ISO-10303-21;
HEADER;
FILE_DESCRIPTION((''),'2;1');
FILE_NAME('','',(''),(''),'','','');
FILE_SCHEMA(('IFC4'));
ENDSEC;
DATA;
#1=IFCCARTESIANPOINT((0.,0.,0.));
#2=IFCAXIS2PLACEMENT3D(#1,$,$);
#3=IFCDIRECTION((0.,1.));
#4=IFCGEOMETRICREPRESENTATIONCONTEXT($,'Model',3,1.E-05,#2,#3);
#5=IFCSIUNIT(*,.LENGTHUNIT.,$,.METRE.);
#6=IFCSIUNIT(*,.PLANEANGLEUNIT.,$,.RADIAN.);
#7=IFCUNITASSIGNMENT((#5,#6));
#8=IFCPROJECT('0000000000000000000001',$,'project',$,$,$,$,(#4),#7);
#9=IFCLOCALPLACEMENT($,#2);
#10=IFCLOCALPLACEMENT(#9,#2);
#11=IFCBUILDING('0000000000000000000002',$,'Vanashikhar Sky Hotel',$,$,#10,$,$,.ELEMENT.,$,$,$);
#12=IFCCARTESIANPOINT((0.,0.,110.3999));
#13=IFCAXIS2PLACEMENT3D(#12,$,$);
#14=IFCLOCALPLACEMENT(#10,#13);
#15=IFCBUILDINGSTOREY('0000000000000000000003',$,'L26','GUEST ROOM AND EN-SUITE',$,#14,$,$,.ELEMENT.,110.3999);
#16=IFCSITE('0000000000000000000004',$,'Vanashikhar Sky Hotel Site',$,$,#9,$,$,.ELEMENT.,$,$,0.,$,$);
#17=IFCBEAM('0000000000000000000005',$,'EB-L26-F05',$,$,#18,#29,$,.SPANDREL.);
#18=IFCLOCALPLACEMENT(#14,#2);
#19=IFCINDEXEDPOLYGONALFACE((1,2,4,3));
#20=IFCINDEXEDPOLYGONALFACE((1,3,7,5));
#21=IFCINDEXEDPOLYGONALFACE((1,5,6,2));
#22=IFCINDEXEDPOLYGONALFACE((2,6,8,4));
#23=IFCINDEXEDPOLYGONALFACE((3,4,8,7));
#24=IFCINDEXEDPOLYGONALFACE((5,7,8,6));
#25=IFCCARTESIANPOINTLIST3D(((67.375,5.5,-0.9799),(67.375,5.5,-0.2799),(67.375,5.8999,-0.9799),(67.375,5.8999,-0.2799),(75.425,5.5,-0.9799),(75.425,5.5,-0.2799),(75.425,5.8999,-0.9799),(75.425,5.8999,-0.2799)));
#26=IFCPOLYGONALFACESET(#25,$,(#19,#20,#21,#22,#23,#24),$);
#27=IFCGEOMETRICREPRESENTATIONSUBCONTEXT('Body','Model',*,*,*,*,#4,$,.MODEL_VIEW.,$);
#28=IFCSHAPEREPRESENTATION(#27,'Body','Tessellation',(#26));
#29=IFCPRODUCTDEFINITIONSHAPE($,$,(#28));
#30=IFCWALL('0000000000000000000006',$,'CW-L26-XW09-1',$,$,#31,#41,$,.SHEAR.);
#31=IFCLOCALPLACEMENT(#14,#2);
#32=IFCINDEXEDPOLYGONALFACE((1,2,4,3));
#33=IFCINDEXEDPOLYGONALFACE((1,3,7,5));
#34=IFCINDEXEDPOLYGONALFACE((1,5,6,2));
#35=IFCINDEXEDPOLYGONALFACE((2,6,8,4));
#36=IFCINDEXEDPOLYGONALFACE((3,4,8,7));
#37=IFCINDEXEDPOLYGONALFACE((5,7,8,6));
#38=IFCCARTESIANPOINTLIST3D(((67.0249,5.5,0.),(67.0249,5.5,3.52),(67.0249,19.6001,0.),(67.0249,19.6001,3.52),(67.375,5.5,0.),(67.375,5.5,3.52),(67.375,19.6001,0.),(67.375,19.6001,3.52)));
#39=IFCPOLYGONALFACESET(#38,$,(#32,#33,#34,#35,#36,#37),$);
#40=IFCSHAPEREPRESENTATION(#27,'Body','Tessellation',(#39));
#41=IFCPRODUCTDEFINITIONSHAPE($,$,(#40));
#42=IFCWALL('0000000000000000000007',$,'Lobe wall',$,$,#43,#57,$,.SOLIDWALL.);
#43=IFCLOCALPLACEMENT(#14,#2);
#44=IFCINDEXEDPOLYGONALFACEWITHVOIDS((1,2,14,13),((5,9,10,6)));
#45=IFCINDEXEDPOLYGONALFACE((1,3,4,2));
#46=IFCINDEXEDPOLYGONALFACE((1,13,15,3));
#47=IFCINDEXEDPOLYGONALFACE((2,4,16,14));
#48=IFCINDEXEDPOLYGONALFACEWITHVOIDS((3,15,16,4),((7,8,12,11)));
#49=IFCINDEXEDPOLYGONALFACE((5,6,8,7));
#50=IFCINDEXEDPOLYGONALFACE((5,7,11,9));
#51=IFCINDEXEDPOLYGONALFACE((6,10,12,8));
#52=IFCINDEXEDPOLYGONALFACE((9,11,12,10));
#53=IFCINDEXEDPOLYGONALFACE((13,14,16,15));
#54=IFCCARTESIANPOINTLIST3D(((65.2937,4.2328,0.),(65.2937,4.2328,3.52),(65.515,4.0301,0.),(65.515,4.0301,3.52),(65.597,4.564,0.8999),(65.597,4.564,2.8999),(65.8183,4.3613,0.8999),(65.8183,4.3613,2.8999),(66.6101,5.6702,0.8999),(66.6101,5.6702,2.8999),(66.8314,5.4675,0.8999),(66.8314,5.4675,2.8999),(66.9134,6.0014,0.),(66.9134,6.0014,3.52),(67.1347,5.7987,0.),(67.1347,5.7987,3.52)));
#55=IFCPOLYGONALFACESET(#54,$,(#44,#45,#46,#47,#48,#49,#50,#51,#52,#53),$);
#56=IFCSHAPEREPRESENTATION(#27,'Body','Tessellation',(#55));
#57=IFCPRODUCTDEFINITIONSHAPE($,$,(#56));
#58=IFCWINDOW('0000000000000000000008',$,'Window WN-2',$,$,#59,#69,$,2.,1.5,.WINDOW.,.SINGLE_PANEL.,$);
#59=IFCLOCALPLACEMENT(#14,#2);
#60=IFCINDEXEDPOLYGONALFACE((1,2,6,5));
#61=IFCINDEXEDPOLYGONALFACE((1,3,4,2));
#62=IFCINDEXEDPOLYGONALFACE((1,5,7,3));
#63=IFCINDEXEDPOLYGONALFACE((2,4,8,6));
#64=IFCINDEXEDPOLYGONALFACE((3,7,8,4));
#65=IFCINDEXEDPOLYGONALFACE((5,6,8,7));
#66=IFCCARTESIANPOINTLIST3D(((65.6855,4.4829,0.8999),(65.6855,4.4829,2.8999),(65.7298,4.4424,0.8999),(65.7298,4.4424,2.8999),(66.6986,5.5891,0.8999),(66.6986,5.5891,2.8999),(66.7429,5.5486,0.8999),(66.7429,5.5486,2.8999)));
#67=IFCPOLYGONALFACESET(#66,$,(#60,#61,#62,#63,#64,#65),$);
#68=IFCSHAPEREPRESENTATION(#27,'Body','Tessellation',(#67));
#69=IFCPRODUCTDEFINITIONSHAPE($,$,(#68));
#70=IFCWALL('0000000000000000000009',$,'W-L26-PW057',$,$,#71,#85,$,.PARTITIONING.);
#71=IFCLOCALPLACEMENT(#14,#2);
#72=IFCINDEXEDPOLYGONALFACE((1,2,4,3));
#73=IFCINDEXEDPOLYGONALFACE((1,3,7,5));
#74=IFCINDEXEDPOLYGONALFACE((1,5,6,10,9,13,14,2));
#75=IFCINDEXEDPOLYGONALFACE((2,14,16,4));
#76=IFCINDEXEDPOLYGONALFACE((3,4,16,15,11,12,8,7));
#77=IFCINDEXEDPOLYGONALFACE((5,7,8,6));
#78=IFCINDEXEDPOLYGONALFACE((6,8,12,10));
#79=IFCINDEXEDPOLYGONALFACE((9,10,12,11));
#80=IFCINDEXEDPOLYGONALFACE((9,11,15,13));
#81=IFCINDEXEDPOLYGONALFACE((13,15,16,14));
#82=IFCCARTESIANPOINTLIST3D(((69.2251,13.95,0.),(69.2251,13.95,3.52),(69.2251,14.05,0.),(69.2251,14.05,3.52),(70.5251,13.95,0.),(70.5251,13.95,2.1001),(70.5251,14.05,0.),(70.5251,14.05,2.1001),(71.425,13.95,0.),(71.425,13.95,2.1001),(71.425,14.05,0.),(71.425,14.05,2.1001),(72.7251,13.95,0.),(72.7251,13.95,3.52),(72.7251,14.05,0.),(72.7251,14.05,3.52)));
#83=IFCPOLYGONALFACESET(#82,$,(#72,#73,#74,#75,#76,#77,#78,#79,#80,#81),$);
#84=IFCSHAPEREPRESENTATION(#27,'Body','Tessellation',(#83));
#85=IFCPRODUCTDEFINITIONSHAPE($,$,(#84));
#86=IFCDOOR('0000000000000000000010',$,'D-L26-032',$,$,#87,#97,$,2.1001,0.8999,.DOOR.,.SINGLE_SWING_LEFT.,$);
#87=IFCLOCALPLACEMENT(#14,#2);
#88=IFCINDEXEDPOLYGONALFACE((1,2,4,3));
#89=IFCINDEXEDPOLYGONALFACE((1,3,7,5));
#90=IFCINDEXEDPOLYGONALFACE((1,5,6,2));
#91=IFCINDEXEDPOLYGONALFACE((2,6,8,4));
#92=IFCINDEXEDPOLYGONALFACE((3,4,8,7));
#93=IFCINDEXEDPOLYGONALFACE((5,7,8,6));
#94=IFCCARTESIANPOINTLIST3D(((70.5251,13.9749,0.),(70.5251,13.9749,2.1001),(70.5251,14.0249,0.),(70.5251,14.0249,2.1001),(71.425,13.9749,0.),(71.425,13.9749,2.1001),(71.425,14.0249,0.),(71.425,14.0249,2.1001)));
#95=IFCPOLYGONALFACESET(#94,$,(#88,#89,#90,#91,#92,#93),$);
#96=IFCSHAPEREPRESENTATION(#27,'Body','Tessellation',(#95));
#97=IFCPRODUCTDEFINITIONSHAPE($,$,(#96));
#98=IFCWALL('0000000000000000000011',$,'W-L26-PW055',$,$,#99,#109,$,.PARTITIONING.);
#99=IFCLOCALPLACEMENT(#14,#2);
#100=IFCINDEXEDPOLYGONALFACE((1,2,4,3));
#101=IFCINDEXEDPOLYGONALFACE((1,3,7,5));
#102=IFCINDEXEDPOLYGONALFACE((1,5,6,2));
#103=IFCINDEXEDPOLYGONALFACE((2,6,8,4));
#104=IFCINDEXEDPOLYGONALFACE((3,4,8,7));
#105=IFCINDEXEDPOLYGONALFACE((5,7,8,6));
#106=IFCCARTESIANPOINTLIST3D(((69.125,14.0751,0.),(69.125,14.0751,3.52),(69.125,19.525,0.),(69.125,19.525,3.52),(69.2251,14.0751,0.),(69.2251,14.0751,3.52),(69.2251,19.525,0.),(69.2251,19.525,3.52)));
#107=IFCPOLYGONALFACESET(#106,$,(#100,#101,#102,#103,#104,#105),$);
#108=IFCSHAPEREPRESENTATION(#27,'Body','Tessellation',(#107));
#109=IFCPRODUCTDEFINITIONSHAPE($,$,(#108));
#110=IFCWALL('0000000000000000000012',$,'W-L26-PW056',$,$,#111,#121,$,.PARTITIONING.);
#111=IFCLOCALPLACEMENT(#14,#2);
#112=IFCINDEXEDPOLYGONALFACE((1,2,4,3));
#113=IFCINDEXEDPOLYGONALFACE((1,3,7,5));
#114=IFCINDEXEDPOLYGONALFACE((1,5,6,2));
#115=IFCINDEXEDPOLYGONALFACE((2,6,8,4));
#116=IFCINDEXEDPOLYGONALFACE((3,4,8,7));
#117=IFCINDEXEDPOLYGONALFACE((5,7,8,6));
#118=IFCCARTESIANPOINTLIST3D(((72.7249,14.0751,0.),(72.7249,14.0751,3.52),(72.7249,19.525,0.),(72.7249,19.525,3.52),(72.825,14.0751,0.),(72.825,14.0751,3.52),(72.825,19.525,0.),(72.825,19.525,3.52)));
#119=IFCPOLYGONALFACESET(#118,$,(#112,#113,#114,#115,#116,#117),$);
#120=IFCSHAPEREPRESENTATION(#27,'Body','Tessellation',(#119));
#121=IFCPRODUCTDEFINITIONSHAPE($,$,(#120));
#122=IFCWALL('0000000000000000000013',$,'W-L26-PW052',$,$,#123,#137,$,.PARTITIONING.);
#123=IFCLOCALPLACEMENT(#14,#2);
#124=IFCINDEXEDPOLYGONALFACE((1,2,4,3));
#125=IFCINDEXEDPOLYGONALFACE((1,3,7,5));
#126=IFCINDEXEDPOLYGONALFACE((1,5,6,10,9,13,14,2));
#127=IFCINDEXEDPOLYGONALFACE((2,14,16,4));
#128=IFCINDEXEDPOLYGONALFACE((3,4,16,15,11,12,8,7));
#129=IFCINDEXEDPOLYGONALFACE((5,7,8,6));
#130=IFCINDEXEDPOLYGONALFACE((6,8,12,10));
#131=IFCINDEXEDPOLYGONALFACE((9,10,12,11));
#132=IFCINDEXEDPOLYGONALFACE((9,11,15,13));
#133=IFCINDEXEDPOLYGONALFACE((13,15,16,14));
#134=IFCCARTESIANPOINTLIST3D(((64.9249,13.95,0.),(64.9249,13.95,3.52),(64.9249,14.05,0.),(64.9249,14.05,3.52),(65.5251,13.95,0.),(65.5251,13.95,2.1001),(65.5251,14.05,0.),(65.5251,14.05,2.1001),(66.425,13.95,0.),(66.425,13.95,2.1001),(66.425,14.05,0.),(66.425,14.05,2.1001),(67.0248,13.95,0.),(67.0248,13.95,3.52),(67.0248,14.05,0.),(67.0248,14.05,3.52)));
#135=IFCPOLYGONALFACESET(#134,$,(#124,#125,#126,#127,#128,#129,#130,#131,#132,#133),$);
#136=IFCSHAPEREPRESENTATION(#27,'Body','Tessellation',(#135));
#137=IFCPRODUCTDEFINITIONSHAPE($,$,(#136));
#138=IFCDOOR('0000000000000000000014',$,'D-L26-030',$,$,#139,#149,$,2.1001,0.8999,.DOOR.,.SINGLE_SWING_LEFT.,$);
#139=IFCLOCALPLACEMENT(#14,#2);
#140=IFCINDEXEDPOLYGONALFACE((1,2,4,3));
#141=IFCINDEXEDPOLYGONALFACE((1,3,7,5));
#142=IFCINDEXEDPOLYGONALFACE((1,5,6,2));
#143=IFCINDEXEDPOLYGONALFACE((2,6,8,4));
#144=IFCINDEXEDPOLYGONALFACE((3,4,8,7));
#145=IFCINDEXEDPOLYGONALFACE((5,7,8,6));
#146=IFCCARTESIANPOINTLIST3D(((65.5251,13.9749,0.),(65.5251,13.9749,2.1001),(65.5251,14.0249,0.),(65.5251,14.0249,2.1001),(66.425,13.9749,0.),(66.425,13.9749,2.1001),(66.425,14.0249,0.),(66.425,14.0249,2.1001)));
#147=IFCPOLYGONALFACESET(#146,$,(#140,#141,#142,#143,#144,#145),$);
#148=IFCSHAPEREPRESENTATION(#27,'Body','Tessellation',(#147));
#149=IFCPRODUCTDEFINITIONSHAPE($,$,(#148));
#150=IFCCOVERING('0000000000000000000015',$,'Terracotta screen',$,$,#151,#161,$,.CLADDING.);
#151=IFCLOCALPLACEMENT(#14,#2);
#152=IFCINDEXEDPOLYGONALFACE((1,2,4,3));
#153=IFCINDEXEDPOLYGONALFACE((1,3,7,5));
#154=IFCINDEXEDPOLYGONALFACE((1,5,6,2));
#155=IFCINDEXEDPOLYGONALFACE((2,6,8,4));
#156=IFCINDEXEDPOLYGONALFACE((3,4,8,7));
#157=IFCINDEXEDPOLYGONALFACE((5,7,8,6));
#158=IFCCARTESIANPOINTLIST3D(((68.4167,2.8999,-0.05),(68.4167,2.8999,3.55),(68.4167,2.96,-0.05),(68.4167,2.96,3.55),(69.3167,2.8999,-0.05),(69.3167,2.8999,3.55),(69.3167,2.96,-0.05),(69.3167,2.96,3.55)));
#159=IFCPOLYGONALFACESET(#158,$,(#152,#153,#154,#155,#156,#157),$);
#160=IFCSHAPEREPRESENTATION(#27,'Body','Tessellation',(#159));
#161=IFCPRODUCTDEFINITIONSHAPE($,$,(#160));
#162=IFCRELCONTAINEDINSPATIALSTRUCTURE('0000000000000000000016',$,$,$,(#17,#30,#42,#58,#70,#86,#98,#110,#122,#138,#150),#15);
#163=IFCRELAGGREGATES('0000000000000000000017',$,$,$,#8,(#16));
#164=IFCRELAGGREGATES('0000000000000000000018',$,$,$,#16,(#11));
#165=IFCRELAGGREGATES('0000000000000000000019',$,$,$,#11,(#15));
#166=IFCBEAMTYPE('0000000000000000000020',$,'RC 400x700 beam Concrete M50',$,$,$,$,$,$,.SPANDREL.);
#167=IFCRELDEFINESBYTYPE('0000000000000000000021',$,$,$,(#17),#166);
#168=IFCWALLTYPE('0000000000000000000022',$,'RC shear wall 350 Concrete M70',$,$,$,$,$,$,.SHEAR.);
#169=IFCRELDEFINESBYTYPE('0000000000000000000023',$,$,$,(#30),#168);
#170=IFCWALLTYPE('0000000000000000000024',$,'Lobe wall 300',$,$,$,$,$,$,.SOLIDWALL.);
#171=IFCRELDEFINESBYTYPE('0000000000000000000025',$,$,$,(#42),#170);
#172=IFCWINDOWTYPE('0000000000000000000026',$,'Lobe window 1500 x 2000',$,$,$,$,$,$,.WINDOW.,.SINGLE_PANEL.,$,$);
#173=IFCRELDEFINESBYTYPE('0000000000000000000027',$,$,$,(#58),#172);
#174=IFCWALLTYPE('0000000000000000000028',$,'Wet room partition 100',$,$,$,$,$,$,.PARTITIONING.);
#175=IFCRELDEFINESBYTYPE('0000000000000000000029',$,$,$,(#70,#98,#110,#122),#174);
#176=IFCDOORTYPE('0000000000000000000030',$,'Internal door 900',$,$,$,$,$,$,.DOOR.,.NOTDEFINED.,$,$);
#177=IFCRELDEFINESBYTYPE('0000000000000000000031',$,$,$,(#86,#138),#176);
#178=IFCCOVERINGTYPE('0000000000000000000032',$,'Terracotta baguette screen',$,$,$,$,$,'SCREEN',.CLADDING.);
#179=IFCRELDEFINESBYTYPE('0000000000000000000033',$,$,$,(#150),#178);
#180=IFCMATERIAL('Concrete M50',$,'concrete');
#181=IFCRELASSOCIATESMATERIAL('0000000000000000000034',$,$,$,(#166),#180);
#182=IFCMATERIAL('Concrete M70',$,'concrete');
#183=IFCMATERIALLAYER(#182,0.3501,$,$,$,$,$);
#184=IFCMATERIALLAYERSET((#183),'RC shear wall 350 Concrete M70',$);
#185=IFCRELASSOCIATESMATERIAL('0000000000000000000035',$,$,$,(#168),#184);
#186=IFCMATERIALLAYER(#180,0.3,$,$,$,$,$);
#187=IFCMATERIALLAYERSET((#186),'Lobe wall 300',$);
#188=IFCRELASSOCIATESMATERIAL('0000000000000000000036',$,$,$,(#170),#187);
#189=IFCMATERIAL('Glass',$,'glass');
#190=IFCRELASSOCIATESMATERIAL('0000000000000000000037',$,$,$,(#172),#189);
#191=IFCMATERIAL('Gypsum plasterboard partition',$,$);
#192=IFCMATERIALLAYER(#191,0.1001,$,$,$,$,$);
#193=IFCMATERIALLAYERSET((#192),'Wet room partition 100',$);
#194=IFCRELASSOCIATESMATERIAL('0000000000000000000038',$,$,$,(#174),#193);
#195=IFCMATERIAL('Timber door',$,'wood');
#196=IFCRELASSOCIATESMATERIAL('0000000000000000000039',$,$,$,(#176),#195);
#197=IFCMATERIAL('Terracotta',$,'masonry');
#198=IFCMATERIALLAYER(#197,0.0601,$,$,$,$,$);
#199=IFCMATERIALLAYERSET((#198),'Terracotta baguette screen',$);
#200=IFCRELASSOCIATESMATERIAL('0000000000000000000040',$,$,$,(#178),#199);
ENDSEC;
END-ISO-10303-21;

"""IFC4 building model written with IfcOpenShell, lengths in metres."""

from ifc_helpers import new_model, si_unit, direction, frame, frame_2d, origin, origin_2d, place, context, subcontext, project, spatial, rectangle, extrude, source, transform, mapped, material, layer, layer_set, material_profile, profile_set, type_object, element, fill, save


model = new_model("IFC4")

# Units and contexts
model_context = context("Model", 3, precision=1e-05, world=origin(), true_north=direction((0.0, 1.0)))
body_context = subcontext(model_context, "Body", "Model", "MODEL_VIEW")
ifc_project = project(units=[si_unit("LENGTHUNIT", "METRE"), si_unit("PLANEANGLEUNIT", "RADIAN")], contexts=[model_context])

# Site, building, storey
site_placement = place(None, origin())
site = spatial("IfcSite", under=ifc_project, at=site_placement, Name="Vanashikhar Sky Hotel Site", CompositionType="ELEMENT", RefElevation=0.0)
building_placement = place(site_placement, origin())
building = spatial("IfcBuilding", under=site, at=building_placement, Name="Vanashikhar Sky Hotel", CompositionType="ELEMENT")
storey_placement = place(building_placement, frame((0.0, 0.0, 110.3999)))
storey = spatial("IfcBuildingStorey", under=building, at=storey_placement, Name="L26", Description="GUEST ROOM AND EN-SUITE", CompositionType="ELEMENT", Elevation=110.3999)

# Beam
ifc_material_1 = material(Name="Concrete M50", Category="concrete")
ifc_material_profile_1 = material_profile(ifc_material_1, rectangle(XDim=0.3999, YDim=0.7, at=origin_2d()))
ifc_profile_set_1 = profile_set([ifc_material_profile_1], Name="RC 400x700 beam Concrete M50")
beam_type = type_object("IfcBeamType", Name="RC 400x700 beam Concrete M50", PredefinedType="SPANDREL", material=ifc_profile_set_1)
shared_shape_1 = source(origin(), body_context, "Body", "SweptSolid", [
    extrude(rectangle(XDim=0.3999, YDim=0.7, at=origin_2d()), origin(), (0.0, 0.0, 1.0), 8.05),
])
beam_placement = place(storey_placement, frame((67.375, 5.7, -0.6299), z_axis=(1.0, 0.0, 0.0), x_axis=(0.0, 1.0, 0.0)))
element("IfcBeam", 1, at=beam_placement, inside=storey, type_object=beam_type, Name="EB-L26-F05", PredefinedType="SPANDREL", context=body_context, shape_type="MappedRepresentation", body=[
    mapped(shared_shape_1, transform((0.0, 0.0, 0.0), scale=1.0)),
])

# Wall
ifc_material_2 = material(Name="Concrete M70", Category="concrete")
ifc_layer_1 = layer(ifc_material_2, 0.3501)
ifc_layer_set_1 = layer_set([ifc_layer_1], Name="RC shear wall 350 Concrete M70")
wall_type_1 = type_object("IfcWallType", Name="RC shear wall 350 Concrete M70", PredefinedType="SHEAR", material=ifc_layer_set_1)
shared_shape_2 = source(origin(), body_context, "Body", "SweptSolid", [
    extrude(rectangle(XDim=14.1001, YDim=0.3501, at=frame_2d((7.05, 0.0))), origin(), (0.0, 0.0, 1.0), 3.52),
])
wall_1_placement = place(storey_placement, frame((67.2, 5.5, 0.0), z_axis=(0.0, 0.0, 1.0), x_axis=(0.0, 1.0, 0.0)))
element("IfcWall", 2, at=wall_1_placement, inside=storey, type_object=wall_type_1, Name="CW-L26-XW09-1", PredefinedType="SHEAR", context=body_context, shape_type="MappedRepresentation", body=[
    mapped(shared_shape_2, transform((0.0, 0.0, 0.0), scale=1.0)),
])

# Wall, opening, window
ifc_layer_2 = layer(ifc_material_1, 0.3)
ifc_layer_set_2 = layer_set([ifc_layer_2], Name="Lobe wall 300")
wall_type_2 = type_object("IfcWallType", Name="Lobe wall 300", PredefinedType="SOLIDWALL", material=ifc_layer_set_2)
shared_shape_3 = source(origin(), body_context, "Body", "SweptSolid", [
    extrude(rectangle(XDim=2.3982, YDim=0.3, at=frame_2d((1.1992, 0.0))), origin(), (0.0, 0.0, 1.0), 3.52),
])
wall_2_placement = place(storey_placement, frame((65.4043, 4.1313, 0.0), z_axis=(0.0, 0.0, 1.0), x_axis=(0.675374, 0.737475, 0.0)))
wall_2 = element("IfcWall", 3, at=wall_2_placement, inside=storey, type_object=wall_type_2, Name="Lobe wall", PredefinedType="SOLIDWALL", context=body_context, shape_type="MappedRepresentation", body=[
    mapped(shared_shape_3, transform((0.0, 0.0, 0.0), scale=1.0)),
])
shared_shape_4 = source(origin(), body_context, "Body", "SweptSolid", [
    extrude(rectangle(XDim=1.5, YDim=2.0, at=frame_2d((0.75, 1.0))), frame((0.0, 0.1602, 0.0), z_axis=(0.0, -1.0, 0.0), x_axis=(1.0, 0.0, 0.0)), (0.0, 0.0, 1.0), 0.3201),
])
opening_1_placement = place(wall_2_placement, frame((0.4492, 0.0, 0.8999)))
opening_1 = element("IfcOpeningElement", 4, at=opening_1_placement, cuts=wall_2, PredefinedType="OPENING", context=body_context, shape_type="MappedRepresentation", body=[
    mapped(shared_shape_4, transform((0.0, 0.0, 0.0), scale=1.0)),
])
ifc_material_3 = material(Name="Glass", Category="glass")
window_type_1 = type_object("IfcWindowType", Name="Lobe window 1500 x 2000", PartitioningType="SINGLE_PANEL", PredefinedType="WINDOW", material=ifc_material_3)
shared_shape_5 = source(origin(), body_context, "Body", "SweptSolid", [
    extrude(rectangle(XDim=1.5, YDim=2.0, at=frame_2d((0.75, 1.0))), frame((0.0, 0.03, 0.0), z_axis=(0.0, -1.0, 0.0), x_axis=(1.0, 0.0, 0.0)), (0.0, 0.0, 1.0), 0.0601),
])
window_1_placement = place(opening_1_placement, origin())
window_1 = element("IfcWindow", 5, at=window_1_placement, inside=storey, type_object=window_type_1, Name="Window WN-2", OverallHeight=2.0, OverallWidth=1.5, PartitioningType="SINGLE_PANEL", PredefinedType="WINDOW", context=body_context, shape_type="MappedRepresentation", body=[
    mapped(shared_shape_5, transform((0.0, 0.0, 0.0), scale=1.0)),
])
fill(opening_1, window_1)

# Wall, opening, door
ifc_material_4 = material(Name="Gypsum plasterboard partition")
ifc_layer_3 = layer(ifc_material_4, 0.1001)
ifc_layer_set_3 = layer_set([ifc_layer_3], Name="Wet room partition 100")
wall_type_3 = type_object("IfcWallType", Name="Wet room partition 100", PredefinedType="PARTITIONING", material=ifc_layer_set_3)
shared_shape_6 = source(origin(), body_context, "Body", "SweptSolid", [
    extrude(rectangle(XDim=3.5, YDim=0.1001, at=frame_2d((1.75, 0.0))), origin(), (0.0, 0.0, 1.0), 3.52),
])
wall_3_placement = place(storey_placement, frame((69.2251, 14.0, 0.0), z_axis=(0.0, 0.0, 1.0), x_axis=(1.0, 0.0, 0.0)))
wall_3 = element("IfcWall", 6, at=wall_3_placement, inside=storey, type_object=wall_type_3, Name="W-L26-PW057", PredefinedType="PARTITIONING", context=body_context, shape_type="MappedRepresentation", body=[
    mapped(shared_shape_6, transform((0.0, 0.0, 0.0), scale=1.0)),
])
shared_shape_7 = source(origin(), body_context, "Body", "SweptSolid", [
    extrude(rectangle(XDim=0.8999, YDim=2.1001, at=frame_2d((0.45, 1.05))), frame((0.0, 0.0601, 0.0), z_axis=(0.0, -1.0, 0.0), x_axis=(1.0, 0.0, 0.0)), (0.0, 0.0, 1.0), 0.1201),
])
opening_2_placement = place(wall_3_placement, frame((1.3, 0.0, 0.0)))
opening_2 = element("IfcOpeningElement", 7, at=opening_2_placement, cuts=wall_3, PredefinedType="OPENING", context=body_context, shape_type="MappedRepresentation", body=[
    mapped(shared_shape_7, transform((0.0, 0.0, 0.0), scale=1.0)),
])
ifc_material_5 = material(Name="Timber door", Category="wood")
door_type_1 = type_object("IfcDoorType", Name="Internal door 900", OperationType="NOTDEFINED", PredefinedType="DOOR", material=ifc_material_5)
shared_shape_8 = source(origin(), body_context, "Body", "SweptSolid", [
    extrude(rectangle(XDim=0.8999, YDim=2.1001, at=frame_2d((0.45, 1.05))), frame((0.0, 0.0249, 0.0), z_axis=(0.0, -1.0, 0.0), x_axis=(1.0, 0.0, 0.0)), (0.0, 0.0, 1.0), 0.05),
])
door_1_placement = place(opening_2_placement, origin())
door_1 = element("IfcDoor", 8, at=door_1_placement, inside=storey, type_object=door_type_1, Name="D-L26-032", OperationType="SINGLE_SWING_LEFT", OverallHeight=2.1001, OverallWidth=0.8999, PredefinedType="DOOR", context=body_context, shape_type="MappedRepresentation", body=[
    mapped(shared_shape_8, transform((0.0, 0.0, 0.0), scale=1.0)),
])
fill(opening_2, door_1)

# Walls
shared_shape_9 = source(origin(), body_context, "Body", "SweptSolid", [
    extrude(rectangle(XDim=5.45, YDim=0.1001, at=frame_2d((2.7251, 0.0))), origin(), (0.0, 0.0, 1.0), 3.52),
])
for number, where, z_axis, x_axis, name in (
    (9, (69.175, 14.075, 0.0), (0.0, 0.0, 1.0), (0.0, 1.0, 0.0), "W-L26-PW055"),
    (10, (72.7749, 14.075, 0.0), (0.0, 0.0, 1.0), (0.0, 1.0, 0.0), "W-L26-PW056"),
):
    element("IfcWall", number, at=place(storey_placement, frame(where, z_axis=z_axis, x_axis=x_axis)), inside=storey, type_object=wall_type_3, Name=name, PredefinedType="PARTITIONING", context=body_context, shape_type="MappedRepresentation", body=[
        mapped(shared_shape_9, transform((0.0, 0.0, 0.0), scale=1.0)),
    ])

# Wall, opening, door
shared_shape_10 = source(origin(), body_context, "Body", "SweptSolid", [
    extrude(rectangle(XDim=2.0999, YDim=0.1001, at=frame_2d((1.0498, 0.0))), origin(), (0.0, 0.0, 1.0), 3.52),
])
wall_4_placement = place(storey_placement, frame((64.925, 14.0, 0.0), z_axis=(0.0, 0.0, 1.0), x_axis=(1.0, 0.0, 0.0)))
wall_4 = element("IfcWall", 11, at=wall_4_placement, inside=storey, type_object=wall_type_3, Name="W-L26-PW052", PredefinedType="PARTITIONING", context=body_context, shape_type="MappedRepresentation", body=[
    mapped(shared_shape_10, transform((0.0, 0.0, 0.0), scale=1.0)),
])
opening_3_placement = place(wall_4_placement, frame((0.6001, 0.0, 0.0)))
opening_3 = element("IfcOpeningElement", 12, at=opening_3_placement, cuts=wall_4, PredefinedType="OPENING", context=body_context, shape_type="MappedRepresentation", body=[
    mapped(shared_shape_7, transform((0.0, 0.0, 0.0), scale=1.0)),
])
door_2_placement = place(opening_3_placement, origin())
door_2 = element("IfcDoor", 13, at=door_2_placement, inside=storey, type_object=door_type_1, Name="D-L26-030", OperationType="SINGLE_SWING_LEFT", OverallHeight=2.1001, OverallWidth=0.8999, PredefinedType="DOOR", context=body_context, shape_type="MappedRepresentation", body=[
    mapped(shared_shape_8, transform((0.0, 0.0, 0.0), scale=1.0)),
])
fill(opening_3, door_2)

# Covering
ifc_material_6 = material(Name="Terracotta", Category="masonry")
ifc_layer_4 = layer(ifc_material_6, 0.0601)
ifc_layer_set_4 = layer_set([ifc_layer_4], Name="Terracotta baguette screen")
covering_type_1 = type_object("IfcCoveringType", Name="Terracotta baguette screen", ElementType="SCREEN", PredefinedType="CLADDING", material=ifc_layer_set_4)
shared_shape_11 = source(origin(), body_context, "Body", "SweptSolid", [
    extrude(rectangle(XDim=0.8999, YDim=0.0601, at=origin_2d()), origin(), (0.0, 0.0, 1.0), 3.6001),
])
for number, where, z_axis, x_axis, name in (
    (14, (68.8667, 2.9299, -0.05), (0.0, 0.0, 1.0), (1.0, 0.0, 0.0), "Terracotta screen"),
):
    element("IfcCovering", number, at=place(storey_placement, frame(where, z_axis=z_axis, x_axis=x_axis)), inside=storey, type_object=covering_type_1, Name=name, PredefinedType="CLADDING", context=body_context, shape_type="MappedRepresentation", body=[
        mapped(shared_shape_11, transform((0.0, 0.0, 0.0), scale=1.0)),
    ])

save(model, "model.ifc")
